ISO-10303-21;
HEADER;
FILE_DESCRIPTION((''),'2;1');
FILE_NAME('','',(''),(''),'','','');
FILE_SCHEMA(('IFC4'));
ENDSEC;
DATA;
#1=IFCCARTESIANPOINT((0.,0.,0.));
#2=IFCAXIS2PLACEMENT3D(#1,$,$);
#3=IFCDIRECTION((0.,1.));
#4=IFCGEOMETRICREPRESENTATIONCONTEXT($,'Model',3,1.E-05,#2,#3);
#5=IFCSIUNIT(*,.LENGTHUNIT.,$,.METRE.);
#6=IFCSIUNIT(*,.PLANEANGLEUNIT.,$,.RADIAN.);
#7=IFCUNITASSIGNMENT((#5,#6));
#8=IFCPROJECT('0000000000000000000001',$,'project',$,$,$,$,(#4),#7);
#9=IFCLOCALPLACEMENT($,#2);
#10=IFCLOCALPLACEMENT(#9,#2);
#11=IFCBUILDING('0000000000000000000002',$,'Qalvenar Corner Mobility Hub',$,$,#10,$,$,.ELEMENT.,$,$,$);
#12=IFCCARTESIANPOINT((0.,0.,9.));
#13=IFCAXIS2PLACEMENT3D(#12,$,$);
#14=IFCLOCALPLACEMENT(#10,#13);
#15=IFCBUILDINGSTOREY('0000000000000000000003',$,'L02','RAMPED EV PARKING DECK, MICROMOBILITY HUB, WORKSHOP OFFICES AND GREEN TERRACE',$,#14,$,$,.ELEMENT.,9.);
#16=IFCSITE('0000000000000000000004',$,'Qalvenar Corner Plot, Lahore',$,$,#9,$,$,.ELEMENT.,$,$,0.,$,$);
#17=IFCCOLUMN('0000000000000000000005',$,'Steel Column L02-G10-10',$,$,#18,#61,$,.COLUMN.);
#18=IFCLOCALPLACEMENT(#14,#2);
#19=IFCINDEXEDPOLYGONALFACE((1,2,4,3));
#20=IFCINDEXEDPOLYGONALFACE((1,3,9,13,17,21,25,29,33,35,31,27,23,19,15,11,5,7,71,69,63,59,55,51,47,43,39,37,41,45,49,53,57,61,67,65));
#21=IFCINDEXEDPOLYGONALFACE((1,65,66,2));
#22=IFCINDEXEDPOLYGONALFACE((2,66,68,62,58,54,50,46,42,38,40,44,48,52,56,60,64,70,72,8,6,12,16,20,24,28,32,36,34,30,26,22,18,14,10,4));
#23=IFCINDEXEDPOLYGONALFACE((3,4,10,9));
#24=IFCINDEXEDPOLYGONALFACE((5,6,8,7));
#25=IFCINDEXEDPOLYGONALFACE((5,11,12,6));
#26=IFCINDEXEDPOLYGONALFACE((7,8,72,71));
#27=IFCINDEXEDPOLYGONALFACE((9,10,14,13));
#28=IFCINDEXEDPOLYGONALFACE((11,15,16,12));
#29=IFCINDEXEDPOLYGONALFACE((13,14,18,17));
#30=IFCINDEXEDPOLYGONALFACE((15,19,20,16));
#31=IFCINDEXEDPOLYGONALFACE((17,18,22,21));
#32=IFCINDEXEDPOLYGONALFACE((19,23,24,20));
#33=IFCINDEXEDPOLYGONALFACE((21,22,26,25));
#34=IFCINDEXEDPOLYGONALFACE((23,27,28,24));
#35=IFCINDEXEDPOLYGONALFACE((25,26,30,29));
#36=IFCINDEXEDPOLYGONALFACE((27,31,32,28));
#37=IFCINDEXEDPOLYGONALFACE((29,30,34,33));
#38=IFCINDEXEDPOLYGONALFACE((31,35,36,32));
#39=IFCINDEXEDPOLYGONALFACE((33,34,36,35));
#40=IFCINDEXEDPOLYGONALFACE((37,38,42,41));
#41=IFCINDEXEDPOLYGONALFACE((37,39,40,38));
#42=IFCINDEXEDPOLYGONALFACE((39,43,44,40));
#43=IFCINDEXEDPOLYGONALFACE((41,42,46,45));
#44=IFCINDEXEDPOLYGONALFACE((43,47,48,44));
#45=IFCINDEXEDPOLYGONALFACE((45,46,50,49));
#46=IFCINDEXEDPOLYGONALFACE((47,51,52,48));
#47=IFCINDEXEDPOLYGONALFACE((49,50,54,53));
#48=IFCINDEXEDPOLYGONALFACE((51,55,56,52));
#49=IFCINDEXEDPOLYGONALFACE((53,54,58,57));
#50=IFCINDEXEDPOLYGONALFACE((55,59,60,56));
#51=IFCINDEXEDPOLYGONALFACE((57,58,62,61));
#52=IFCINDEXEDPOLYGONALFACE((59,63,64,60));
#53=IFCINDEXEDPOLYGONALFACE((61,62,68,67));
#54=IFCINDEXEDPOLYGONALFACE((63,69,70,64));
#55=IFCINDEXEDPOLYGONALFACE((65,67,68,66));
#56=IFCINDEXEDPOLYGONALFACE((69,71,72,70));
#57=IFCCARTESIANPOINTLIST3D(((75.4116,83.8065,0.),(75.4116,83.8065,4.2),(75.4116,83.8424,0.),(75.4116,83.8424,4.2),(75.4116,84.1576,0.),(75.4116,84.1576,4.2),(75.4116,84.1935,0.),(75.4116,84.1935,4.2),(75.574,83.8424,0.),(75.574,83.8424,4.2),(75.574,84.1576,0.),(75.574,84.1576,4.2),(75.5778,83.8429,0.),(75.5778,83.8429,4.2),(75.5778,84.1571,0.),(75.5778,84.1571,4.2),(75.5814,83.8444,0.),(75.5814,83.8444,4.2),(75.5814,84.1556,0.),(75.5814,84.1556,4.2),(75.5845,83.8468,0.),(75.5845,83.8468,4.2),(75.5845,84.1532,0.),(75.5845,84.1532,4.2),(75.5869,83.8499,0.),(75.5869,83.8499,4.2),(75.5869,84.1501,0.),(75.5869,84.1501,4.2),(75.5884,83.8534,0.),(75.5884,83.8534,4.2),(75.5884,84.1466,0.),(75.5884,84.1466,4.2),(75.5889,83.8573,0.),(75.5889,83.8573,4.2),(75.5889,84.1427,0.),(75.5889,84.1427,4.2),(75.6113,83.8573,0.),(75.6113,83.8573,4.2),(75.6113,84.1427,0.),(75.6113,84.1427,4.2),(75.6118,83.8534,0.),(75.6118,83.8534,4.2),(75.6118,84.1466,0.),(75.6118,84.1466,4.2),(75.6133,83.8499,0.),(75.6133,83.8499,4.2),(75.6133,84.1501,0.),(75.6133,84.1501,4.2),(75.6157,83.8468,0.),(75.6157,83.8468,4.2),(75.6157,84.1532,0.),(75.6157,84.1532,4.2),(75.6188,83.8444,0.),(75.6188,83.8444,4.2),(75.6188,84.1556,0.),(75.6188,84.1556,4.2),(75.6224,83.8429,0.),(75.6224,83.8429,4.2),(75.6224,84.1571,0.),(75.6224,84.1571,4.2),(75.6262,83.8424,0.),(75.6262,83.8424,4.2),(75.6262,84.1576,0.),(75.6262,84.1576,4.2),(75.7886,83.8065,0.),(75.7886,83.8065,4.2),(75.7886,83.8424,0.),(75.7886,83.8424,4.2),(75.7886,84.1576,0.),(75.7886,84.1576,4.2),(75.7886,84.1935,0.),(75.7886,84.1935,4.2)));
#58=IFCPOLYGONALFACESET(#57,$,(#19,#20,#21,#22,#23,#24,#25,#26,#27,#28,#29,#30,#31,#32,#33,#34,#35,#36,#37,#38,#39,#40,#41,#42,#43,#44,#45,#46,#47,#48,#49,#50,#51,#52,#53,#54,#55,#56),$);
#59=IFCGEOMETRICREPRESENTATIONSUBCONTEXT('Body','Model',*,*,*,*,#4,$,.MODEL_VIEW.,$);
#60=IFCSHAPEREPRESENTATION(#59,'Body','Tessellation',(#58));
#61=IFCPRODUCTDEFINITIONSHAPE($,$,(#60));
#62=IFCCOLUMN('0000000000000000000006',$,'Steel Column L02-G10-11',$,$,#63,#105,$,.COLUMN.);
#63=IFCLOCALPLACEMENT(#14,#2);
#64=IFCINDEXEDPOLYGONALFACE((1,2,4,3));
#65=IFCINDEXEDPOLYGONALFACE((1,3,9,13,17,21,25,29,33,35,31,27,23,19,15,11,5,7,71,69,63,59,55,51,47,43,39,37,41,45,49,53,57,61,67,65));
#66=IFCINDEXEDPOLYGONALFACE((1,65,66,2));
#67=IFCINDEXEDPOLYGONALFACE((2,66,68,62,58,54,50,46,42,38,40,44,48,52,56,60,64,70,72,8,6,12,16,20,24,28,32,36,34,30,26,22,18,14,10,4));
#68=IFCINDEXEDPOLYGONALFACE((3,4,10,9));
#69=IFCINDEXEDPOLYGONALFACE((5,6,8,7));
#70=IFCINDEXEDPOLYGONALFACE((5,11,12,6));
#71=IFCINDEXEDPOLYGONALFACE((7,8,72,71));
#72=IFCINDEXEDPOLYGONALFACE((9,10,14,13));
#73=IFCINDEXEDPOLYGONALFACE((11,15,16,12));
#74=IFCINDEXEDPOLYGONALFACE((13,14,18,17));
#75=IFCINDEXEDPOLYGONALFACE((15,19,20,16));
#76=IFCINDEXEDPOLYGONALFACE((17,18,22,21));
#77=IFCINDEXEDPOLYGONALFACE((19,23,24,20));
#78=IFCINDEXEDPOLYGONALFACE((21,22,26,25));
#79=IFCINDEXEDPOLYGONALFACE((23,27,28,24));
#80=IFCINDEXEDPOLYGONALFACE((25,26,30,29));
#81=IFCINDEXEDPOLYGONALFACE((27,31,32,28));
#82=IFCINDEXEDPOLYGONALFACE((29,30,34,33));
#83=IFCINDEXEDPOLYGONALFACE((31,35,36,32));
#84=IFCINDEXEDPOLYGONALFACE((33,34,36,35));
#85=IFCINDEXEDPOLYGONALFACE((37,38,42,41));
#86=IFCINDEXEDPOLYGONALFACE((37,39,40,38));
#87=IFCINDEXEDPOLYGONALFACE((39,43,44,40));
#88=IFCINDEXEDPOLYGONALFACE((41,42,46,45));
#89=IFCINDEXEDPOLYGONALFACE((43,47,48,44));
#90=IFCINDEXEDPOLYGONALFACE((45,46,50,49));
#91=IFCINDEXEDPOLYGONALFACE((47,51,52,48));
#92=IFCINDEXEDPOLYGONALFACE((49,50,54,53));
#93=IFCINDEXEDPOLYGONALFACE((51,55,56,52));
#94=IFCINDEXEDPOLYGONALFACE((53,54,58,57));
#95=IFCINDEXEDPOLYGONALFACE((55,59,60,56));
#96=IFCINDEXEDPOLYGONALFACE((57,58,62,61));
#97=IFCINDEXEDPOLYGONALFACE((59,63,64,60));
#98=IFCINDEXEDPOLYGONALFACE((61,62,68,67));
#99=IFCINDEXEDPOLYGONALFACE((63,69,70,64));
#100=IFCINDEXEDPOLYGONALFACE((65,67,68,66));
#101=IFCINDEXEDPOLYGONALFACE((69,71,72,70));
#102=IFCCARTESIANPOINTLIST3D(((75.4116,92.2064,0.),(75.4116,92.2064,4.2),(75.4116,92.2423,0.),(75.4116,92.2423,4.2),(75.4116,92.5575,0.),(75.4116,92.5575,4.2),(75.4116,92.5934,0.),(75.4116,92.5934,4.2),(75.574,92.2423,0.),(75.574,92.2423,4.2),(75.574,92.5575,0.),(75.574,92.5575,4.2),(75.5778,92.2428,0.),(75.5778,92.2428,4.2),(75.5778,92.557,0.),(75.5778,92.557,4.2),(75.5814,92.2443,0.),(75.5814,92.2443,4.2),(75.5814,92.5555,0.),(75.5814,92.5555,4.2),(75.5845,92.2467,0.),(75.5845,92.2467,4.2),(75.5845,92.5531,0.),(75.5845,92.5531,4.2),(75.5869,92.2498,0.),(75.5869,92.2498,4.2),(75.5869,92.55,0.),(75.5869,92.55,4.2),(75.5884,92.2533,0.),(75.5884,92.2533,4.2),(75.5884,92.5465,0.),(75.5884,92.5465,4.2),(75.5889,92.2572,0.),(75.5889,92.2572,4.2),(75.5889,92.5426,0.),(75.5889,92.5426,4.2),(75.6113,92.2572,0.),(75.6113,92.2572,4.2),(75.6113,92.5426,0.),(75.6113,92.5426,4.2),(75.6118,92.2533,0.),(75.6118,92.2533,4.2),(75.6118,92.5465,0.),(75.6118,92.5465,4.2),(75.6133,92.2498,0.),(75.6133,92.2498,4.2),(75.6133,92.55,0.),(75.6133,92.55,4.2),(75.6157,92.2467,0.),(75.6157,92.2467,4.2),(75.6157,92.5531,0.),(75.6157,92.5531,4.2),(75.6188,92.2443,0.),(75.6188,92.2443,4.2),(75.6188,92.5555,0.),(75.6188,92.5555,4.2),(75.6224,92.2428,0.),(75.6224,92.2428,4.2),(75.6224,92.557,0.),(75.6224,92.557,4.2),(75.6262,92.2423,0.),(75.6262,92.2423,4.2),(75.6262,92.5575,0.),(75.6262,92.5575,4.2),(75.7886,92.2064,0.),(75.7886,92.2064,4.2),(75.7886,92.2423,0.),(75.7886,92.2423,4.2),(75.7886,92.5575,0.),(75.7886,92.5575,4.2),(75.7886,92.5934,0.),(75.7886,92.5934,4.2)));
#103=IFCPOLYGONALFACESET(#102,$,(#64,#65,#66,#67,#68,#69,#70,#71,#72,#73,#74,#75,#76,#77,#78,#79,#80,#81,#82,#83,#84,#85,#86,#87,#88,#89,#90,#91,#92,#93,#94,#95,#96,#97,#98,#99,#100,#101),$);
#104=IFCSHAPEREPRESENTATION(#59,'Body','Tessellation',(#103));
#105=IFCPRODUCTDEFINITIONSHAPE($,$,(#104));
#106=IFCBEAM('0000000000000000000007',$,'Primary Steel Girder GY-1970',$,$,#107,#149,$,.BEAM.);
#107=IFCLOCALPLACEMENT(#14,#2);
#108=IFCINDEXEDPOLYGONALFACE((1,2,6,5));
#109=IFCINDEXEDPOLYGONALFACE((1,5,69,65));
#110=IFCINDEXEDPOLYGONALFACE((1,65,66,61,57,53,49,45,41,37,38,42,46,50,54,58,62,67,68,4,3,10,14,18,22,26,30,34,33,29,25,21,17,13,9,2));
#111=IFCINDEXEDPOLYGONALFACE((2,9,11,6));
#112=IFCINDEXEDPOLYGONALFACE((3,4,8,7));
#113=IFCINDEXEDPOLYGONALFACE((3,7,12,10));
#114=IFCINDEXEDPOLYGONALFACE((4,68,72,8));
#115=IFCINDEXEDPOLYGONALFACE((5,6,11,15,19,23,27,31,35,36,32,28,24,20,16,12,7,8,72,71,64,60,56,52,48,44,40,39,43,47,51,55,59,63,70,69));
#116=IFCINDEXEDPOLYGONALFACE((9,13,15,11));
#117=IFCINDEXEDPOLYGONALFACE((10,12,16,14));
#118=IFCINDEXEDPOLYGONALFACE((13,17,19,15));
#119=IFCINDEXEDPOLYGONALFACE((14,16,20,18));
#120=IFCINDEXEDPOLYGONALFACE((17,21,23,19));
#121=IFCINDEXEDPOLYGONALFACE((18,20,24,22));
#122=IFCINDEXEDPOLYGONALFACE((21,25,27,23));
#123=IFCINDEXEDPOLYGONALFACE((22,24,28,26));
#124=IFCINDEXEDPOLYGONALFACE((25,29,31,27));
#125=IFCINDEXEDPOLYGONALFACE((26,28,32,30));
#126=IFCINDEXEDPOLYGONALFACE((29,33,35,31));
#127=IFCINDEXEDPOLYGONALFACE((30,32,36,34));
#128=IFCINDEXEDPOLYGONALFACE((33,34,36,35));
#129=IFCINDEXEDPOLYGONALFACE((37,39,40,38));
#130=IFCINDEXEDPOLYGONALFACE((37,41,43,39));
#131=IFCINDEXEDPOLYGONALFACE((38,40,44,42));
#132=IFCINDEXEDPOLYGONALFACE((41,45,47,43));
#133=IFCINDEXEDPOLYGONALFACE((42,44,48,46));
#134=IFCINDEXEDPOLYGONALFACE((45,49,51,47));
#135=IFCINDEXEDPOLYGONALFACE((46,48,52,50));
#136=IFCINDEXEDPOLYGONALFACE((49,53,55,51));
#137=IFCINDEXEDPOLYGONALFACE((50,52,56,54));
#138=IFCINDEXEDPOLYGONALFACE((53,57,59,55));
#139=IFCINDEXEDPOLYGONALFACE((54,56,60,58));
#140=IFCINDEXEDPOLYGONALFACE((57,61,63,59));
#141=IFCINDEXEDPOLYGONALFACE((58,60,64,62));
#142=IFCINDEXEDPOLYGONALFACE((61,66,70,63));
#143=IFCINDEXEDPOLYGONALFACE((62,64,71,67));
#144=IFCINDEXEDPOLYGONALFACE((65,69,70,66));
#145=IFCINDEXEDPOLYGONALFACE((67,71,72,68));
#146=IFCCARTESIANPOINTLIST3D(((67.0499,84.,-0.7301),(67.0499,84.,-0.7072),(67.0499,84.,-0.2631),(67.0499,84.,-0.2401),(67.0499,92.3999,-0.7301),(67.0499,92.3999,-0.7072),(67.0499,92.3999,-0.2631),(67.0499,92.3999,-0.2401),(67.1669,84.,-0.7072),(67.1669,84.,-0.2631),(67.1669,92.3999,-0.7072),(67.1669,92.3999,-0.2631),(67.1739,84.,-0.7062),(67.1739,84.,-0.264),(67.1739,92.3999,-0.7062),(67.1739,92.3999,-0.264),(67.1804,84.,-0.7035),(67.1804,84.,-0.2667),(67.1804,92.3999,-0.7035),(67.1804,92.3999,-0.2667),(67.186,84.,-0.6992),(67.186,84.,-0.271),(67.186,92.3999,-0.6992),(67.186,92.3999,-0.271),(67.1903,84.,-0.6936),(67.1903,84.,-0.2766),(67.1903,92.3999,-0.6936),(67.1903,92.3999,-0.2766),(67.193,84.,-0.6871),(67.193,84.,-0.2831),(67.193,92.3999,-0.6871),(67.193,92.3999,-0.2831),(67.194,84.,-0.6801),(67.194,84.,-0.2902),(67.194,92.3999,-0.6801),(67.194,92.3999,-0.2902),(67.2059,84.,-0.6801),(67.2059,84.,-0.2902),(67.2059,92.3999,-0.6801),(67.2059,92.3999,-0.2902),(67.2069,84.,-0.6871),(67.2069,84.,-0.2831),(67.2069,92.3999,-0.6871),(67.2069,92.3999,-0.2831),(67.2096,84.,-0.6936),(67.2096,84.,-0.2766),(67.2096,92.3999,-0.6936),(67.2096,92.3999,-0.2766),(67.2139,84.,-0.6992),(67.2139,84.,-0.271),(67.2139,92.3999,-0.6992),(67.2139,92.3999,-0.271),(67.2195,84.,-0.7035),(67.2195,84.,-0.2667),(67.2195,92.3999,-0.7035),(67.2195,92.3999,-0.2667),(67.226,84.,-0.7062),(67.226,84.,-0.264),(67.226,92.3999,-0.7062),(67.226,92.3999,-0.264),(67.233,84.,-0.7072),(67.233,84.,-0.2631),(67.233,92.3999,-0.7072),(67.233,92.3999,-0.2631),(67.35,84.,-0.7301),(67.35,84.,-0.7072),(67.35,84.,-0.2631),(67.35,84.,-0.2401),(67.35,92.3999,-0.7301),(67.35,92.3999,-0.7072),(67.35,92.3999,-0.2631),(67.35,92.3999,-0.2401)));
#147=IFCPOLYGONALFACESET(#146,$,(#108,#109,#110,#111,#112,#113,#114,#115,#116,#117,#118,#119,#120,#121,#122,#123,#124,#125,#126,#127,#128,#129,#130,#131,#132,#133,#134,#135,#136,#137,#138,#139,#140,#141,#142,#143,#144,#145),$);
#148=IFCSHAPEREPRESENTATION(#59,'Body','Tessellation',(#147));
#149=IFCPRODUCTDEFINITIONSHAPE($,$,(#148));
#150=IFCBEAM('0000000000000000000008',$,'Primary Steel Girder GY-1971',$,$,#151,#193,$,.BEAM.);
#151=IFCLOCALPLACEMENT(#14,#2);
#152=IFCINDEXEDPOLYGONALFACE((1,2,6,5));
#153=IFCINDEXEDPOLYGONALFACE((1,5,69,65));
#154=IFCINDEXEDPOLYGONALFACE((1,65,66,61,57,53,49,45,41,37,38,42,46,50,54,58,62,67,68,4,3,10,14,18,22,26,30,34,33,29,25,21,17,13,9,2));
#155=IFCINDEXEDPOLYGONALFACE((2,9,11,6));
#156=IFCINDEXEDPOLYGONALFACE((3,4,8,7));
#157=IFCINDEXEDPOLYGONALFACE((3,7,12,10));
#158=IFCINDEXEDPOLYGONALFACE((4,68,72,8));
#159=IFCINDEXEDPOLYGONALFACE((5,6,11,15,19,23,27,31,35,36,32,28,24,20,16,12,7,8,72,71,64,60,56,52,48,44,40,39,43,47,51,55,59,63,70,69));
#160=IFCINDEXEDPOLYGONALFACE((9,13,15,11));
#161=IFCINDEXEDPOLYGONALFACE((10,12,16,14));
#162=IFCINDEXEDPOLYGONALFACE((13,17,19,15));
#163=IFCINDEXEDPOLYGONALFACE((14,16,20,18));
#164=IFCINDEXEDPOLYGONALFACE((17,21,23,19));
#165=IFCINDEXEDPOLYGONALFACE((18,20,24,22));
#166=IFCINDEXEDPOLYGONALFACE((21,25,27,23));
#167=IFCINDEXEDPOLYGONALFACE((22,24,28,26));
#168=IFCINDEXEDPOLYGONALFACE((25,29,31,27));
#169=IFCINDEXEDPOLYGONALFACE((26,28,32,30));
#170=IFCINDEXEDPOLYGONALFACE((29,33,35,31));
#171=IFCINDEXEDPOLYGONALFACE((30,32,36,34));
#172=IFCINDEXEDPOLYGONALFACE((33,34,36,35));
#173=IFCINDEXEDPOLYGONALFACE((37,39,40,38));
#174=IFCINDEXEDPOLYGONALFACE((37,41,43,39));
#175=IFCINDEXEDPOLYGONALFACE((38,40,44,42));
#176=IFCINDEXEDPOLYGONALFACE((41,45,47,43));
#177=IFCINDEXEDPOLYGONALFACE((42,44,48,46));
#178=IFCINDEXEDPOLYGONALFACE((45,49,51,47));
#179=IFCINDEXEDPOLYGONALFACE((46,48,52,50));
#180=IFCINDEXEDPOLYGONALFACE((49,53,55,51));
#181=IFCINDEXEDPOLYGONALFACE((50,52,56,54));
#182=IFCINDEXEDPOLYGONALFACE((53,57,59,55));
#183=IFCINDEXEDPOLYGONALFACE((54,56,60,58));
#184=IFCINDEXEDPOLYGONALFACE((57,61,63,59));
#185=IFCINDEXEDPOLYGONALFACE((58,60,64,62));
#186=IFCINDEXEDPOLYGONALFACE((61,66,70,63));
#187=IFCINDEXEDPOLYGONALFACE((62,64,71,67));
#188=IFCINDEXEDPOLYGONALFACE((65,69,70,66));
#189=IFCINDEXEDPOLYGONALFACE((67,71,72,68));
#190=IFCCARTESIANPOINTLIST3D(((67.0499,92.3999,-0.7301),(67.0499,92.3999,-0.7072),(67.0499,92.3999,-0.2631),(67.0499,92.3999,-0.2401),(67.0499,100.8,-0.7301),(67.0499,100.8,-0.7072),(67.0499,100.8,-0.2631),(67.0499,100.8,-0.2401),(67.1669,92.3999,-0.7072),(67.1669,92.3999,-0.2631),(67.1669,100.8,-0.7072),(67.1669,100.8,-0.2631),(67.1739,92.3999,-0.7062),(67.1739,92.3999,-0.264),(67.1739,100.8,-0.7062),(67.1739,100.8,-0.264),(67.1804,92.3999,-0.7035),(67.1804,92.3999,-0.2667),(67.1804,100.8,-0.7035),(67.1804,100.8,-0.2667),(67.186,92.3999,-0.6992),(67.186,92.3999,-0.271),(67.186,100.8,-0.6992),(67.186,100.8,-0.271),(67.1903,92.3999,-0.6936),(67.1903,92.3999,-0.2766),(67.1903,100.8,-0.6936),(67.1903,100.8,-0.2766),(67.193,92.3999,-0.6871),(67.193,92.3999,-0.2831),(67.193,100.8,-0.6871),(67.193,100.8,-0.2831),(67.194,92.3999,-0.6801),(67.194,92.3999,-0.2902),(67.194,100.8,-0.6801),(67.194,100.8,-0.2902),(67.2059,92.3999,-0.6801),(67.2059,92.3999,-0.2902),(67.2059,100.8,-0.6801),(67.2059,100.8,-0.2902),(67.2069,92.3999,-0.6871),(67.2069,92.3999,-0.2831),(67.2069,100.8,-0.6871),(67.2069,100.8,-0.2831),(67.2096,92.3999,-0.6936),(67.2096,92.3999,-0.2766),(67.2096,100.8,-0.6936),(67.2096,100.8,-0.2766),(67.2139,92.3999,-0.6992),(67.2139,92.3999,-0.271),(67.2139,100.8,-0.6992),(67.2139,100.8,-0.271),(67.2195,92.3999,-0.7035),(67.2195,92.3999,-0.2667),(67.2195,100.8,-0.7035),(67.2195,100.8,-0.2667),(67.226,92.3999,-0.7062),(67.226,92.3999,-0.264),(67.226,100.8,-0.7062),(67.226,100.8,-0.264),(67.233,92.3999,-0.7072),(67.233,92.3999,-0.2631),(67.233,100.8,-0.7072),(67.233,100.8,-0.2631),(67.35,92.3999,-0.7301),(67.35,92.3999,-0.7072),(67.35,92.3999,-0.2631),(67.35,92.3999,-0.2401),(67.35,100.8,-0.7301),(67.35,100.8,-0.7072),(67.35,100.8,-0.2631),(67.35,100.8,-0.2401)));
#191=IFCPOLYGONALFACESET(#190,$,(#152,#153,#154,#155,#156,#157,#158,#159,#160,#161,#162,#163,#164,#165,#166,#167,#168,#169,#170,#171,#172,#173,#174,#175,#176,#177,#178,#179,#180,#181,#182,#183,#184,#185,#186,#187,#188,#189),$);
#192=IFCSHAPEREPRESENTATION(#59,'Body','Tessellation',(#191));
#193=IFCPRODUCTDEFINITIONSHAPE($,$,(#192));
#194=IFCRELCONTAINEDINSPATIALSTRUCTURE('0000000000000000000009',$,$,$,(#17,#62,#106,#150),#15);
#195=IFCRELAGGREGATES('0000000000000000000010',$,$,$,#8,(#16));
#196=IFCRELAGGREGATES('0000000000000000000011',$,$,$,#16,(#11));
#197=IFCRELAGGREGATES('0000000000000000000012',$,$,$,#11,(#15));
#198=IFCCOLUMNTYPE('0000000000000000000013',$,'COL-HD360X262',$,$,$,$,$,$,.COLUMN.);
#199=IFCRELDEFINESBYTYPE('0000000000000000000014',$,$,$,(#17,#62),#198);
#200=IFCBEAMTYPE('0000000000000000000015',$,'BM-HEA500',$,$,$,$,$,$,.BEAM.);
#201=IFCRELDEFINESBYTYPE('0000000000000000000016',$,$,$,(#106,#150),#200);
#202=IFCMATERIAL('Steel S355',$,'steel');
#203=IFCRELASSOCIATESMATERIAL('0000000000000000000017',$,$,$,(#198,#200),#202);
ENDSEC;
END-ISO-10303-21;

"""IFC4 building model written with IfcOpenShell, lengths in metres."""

from ifc_helpers import new_model, si_unit, direction, frame, origin, origin_2d, place, context, subcontext, project, spatial, i_section, extrude, material, material_profile, profile_set, type_object, element, save


model = new_model("IFC4")

# Units and contexts
model_context = context("Model", 3, precision=1e-05, world=origin(), true_north=direction((0.0, 1.0)))
body_context = subcontext(model_context, "Body", "Model", "MODEL_VIEW")
ifc_project = project(units=[si_unit("LENGTHUNIT", "METRE"), si_unit("PLANEANGLEUNIT", "RADIAN")], contexts=[model_context])

# Site, building, storey
site_placement = place(None, origin())
site = spatial("IfcSite", under=ifc_project, at=site_placement, Name="Qalvenar Corner Plot, Lahore", CompositionType="ELEMENT", RefElevation=0.0)
building_placement = place(site_placement, origin())
building = spatial("IfcBuilding", under=site, at=building_placement, Name="Qalvenar Corner Mobility Hub", CompositionType="ELEMENT")
storey_placement = place(building_placement, frame((0.0, 0.0, 9.0)))
storey = spatial("IfcBuildingStorey", under=building, at=storey_placement, Name="L02", Description="RAMPED EV PARKING DECK, MICROMOBILITY HUB, WORKSHOP OFFICES AND GREEN TERRACE", CompositionType="ELEMENT", Elevation=9.0)

# Columns
ifc_material_1 = material(Name="Steel S355", Category="steel")
ifc_material_profile_1 = material_profile(ifc_material_1, i_section(OverallWidth=0.377, OverallDepth=0.387, WebThickness=0.0225, FlangeThickness=0.0359, FilletRadius=0.0149, at=origin_2d()), Name="HD360x262")
ifc_profile_set_1 = profile_set([ifc_material_profile_1], Name="Steel S355")
column_type = type_object("IfcColumnType", Name="COL-HD360X262", PredefinedType="COLUMN", material=ifc_profile_set_1)
for number, where, z_axis, x_axis, name in (
    (1, (75.6001, 84.0, 0.0), (0.0, 0.0, 1.0), (1.0, 0.0, 0.0), "Steel Column L02-G10-10"),
    (2, (75.6001, 92.3999, 0.0), (0.0, 0.0, 1.0), (1.0, 0.0, 0.0), "Steel Column L02-G10-11"),
):
    element("IfcColumn", number, at=place(storey_placement, frame(where, z_axis=z_axis, x_axis=x_axis)), inside=storey, type_object=column_type, Name=name, PredefinedType="COLUMN", context=body_context, shape_type="SweptSolid", body=[
        extrude(i_section(OverallWidth=0.377, OverallDepth=0.387, WebThickness=0.0225, FlangeThickness=0.0359, FilletRadius=0.0149, at=origin_2d()), origin(), (0.0, 0.0, 1.0), 4.2),
    ])

# Beams
ifc_material_profile_2 = material_profile(ifc_material_1, i_section(OverallWidth=0.3, OverallDepth=0.49, WebThickness=0.012, FlangeThickness=0.0229, FilletRadius=0.0271, at=origin_2d()), Name="HEA500")
ifc_profile_set_2 = profile_set([ifc_material_profile_2], Name="Steel S355")
beam_type_1 = type_object("IfcBeamType", Name="BM-HEA500", PredefinedType="BEAM", material=ifc_profile_set_2)
beam_1_placement = place(storey_placement, frame((67.2, 84.0, -0.4851), z_axis=(0.0, 1.0, 0.0), x_axis=(-1.0, 0.0, 0.0)))
element("IfcBeam", 3, at=beam_1_placement, inside=storey, type_object=beam_type_1, Name="Primary Steel Girder GY-1970", PredefinedType="BEAM", context=body_context, shape_type="SweptSolid", body=[
    extrude(i_section(OverallWidth=0.3, OverallDepth=0.49, WebThickness=0.012, FlangeThickness=0.0229, FilletRadius=0.0271, at=origin_2d()), origin(), (0.0, 0.0, 1.0), 8.3999),
])
beam_2_placement = place(storey_placement, frame((67.2, 92.3999, -0.4851), z_axis=(0.0, 1.0, 0.0), x_axis=(-1.0, 0.0, 0.0)))
element("IfcBeam", 4, at=beam_2_placement, inside=storey, type_object=beam_type_1, Name="Primary Steel Girder GY-1971", PredefinedType="BEAM", context=body_context, shape_type="SweptSolid", body=[
    extrude(i_section(OverallWidth=0.3, OverallDepth=0.49, WebThickness=0.012, FlangeThickness=0.0229, FilletRadius=0.0271, at=origin_2d()), origin(), (0.0, 0.0, 1.0), 8.4001),
])

save(model, "model.ifc")
